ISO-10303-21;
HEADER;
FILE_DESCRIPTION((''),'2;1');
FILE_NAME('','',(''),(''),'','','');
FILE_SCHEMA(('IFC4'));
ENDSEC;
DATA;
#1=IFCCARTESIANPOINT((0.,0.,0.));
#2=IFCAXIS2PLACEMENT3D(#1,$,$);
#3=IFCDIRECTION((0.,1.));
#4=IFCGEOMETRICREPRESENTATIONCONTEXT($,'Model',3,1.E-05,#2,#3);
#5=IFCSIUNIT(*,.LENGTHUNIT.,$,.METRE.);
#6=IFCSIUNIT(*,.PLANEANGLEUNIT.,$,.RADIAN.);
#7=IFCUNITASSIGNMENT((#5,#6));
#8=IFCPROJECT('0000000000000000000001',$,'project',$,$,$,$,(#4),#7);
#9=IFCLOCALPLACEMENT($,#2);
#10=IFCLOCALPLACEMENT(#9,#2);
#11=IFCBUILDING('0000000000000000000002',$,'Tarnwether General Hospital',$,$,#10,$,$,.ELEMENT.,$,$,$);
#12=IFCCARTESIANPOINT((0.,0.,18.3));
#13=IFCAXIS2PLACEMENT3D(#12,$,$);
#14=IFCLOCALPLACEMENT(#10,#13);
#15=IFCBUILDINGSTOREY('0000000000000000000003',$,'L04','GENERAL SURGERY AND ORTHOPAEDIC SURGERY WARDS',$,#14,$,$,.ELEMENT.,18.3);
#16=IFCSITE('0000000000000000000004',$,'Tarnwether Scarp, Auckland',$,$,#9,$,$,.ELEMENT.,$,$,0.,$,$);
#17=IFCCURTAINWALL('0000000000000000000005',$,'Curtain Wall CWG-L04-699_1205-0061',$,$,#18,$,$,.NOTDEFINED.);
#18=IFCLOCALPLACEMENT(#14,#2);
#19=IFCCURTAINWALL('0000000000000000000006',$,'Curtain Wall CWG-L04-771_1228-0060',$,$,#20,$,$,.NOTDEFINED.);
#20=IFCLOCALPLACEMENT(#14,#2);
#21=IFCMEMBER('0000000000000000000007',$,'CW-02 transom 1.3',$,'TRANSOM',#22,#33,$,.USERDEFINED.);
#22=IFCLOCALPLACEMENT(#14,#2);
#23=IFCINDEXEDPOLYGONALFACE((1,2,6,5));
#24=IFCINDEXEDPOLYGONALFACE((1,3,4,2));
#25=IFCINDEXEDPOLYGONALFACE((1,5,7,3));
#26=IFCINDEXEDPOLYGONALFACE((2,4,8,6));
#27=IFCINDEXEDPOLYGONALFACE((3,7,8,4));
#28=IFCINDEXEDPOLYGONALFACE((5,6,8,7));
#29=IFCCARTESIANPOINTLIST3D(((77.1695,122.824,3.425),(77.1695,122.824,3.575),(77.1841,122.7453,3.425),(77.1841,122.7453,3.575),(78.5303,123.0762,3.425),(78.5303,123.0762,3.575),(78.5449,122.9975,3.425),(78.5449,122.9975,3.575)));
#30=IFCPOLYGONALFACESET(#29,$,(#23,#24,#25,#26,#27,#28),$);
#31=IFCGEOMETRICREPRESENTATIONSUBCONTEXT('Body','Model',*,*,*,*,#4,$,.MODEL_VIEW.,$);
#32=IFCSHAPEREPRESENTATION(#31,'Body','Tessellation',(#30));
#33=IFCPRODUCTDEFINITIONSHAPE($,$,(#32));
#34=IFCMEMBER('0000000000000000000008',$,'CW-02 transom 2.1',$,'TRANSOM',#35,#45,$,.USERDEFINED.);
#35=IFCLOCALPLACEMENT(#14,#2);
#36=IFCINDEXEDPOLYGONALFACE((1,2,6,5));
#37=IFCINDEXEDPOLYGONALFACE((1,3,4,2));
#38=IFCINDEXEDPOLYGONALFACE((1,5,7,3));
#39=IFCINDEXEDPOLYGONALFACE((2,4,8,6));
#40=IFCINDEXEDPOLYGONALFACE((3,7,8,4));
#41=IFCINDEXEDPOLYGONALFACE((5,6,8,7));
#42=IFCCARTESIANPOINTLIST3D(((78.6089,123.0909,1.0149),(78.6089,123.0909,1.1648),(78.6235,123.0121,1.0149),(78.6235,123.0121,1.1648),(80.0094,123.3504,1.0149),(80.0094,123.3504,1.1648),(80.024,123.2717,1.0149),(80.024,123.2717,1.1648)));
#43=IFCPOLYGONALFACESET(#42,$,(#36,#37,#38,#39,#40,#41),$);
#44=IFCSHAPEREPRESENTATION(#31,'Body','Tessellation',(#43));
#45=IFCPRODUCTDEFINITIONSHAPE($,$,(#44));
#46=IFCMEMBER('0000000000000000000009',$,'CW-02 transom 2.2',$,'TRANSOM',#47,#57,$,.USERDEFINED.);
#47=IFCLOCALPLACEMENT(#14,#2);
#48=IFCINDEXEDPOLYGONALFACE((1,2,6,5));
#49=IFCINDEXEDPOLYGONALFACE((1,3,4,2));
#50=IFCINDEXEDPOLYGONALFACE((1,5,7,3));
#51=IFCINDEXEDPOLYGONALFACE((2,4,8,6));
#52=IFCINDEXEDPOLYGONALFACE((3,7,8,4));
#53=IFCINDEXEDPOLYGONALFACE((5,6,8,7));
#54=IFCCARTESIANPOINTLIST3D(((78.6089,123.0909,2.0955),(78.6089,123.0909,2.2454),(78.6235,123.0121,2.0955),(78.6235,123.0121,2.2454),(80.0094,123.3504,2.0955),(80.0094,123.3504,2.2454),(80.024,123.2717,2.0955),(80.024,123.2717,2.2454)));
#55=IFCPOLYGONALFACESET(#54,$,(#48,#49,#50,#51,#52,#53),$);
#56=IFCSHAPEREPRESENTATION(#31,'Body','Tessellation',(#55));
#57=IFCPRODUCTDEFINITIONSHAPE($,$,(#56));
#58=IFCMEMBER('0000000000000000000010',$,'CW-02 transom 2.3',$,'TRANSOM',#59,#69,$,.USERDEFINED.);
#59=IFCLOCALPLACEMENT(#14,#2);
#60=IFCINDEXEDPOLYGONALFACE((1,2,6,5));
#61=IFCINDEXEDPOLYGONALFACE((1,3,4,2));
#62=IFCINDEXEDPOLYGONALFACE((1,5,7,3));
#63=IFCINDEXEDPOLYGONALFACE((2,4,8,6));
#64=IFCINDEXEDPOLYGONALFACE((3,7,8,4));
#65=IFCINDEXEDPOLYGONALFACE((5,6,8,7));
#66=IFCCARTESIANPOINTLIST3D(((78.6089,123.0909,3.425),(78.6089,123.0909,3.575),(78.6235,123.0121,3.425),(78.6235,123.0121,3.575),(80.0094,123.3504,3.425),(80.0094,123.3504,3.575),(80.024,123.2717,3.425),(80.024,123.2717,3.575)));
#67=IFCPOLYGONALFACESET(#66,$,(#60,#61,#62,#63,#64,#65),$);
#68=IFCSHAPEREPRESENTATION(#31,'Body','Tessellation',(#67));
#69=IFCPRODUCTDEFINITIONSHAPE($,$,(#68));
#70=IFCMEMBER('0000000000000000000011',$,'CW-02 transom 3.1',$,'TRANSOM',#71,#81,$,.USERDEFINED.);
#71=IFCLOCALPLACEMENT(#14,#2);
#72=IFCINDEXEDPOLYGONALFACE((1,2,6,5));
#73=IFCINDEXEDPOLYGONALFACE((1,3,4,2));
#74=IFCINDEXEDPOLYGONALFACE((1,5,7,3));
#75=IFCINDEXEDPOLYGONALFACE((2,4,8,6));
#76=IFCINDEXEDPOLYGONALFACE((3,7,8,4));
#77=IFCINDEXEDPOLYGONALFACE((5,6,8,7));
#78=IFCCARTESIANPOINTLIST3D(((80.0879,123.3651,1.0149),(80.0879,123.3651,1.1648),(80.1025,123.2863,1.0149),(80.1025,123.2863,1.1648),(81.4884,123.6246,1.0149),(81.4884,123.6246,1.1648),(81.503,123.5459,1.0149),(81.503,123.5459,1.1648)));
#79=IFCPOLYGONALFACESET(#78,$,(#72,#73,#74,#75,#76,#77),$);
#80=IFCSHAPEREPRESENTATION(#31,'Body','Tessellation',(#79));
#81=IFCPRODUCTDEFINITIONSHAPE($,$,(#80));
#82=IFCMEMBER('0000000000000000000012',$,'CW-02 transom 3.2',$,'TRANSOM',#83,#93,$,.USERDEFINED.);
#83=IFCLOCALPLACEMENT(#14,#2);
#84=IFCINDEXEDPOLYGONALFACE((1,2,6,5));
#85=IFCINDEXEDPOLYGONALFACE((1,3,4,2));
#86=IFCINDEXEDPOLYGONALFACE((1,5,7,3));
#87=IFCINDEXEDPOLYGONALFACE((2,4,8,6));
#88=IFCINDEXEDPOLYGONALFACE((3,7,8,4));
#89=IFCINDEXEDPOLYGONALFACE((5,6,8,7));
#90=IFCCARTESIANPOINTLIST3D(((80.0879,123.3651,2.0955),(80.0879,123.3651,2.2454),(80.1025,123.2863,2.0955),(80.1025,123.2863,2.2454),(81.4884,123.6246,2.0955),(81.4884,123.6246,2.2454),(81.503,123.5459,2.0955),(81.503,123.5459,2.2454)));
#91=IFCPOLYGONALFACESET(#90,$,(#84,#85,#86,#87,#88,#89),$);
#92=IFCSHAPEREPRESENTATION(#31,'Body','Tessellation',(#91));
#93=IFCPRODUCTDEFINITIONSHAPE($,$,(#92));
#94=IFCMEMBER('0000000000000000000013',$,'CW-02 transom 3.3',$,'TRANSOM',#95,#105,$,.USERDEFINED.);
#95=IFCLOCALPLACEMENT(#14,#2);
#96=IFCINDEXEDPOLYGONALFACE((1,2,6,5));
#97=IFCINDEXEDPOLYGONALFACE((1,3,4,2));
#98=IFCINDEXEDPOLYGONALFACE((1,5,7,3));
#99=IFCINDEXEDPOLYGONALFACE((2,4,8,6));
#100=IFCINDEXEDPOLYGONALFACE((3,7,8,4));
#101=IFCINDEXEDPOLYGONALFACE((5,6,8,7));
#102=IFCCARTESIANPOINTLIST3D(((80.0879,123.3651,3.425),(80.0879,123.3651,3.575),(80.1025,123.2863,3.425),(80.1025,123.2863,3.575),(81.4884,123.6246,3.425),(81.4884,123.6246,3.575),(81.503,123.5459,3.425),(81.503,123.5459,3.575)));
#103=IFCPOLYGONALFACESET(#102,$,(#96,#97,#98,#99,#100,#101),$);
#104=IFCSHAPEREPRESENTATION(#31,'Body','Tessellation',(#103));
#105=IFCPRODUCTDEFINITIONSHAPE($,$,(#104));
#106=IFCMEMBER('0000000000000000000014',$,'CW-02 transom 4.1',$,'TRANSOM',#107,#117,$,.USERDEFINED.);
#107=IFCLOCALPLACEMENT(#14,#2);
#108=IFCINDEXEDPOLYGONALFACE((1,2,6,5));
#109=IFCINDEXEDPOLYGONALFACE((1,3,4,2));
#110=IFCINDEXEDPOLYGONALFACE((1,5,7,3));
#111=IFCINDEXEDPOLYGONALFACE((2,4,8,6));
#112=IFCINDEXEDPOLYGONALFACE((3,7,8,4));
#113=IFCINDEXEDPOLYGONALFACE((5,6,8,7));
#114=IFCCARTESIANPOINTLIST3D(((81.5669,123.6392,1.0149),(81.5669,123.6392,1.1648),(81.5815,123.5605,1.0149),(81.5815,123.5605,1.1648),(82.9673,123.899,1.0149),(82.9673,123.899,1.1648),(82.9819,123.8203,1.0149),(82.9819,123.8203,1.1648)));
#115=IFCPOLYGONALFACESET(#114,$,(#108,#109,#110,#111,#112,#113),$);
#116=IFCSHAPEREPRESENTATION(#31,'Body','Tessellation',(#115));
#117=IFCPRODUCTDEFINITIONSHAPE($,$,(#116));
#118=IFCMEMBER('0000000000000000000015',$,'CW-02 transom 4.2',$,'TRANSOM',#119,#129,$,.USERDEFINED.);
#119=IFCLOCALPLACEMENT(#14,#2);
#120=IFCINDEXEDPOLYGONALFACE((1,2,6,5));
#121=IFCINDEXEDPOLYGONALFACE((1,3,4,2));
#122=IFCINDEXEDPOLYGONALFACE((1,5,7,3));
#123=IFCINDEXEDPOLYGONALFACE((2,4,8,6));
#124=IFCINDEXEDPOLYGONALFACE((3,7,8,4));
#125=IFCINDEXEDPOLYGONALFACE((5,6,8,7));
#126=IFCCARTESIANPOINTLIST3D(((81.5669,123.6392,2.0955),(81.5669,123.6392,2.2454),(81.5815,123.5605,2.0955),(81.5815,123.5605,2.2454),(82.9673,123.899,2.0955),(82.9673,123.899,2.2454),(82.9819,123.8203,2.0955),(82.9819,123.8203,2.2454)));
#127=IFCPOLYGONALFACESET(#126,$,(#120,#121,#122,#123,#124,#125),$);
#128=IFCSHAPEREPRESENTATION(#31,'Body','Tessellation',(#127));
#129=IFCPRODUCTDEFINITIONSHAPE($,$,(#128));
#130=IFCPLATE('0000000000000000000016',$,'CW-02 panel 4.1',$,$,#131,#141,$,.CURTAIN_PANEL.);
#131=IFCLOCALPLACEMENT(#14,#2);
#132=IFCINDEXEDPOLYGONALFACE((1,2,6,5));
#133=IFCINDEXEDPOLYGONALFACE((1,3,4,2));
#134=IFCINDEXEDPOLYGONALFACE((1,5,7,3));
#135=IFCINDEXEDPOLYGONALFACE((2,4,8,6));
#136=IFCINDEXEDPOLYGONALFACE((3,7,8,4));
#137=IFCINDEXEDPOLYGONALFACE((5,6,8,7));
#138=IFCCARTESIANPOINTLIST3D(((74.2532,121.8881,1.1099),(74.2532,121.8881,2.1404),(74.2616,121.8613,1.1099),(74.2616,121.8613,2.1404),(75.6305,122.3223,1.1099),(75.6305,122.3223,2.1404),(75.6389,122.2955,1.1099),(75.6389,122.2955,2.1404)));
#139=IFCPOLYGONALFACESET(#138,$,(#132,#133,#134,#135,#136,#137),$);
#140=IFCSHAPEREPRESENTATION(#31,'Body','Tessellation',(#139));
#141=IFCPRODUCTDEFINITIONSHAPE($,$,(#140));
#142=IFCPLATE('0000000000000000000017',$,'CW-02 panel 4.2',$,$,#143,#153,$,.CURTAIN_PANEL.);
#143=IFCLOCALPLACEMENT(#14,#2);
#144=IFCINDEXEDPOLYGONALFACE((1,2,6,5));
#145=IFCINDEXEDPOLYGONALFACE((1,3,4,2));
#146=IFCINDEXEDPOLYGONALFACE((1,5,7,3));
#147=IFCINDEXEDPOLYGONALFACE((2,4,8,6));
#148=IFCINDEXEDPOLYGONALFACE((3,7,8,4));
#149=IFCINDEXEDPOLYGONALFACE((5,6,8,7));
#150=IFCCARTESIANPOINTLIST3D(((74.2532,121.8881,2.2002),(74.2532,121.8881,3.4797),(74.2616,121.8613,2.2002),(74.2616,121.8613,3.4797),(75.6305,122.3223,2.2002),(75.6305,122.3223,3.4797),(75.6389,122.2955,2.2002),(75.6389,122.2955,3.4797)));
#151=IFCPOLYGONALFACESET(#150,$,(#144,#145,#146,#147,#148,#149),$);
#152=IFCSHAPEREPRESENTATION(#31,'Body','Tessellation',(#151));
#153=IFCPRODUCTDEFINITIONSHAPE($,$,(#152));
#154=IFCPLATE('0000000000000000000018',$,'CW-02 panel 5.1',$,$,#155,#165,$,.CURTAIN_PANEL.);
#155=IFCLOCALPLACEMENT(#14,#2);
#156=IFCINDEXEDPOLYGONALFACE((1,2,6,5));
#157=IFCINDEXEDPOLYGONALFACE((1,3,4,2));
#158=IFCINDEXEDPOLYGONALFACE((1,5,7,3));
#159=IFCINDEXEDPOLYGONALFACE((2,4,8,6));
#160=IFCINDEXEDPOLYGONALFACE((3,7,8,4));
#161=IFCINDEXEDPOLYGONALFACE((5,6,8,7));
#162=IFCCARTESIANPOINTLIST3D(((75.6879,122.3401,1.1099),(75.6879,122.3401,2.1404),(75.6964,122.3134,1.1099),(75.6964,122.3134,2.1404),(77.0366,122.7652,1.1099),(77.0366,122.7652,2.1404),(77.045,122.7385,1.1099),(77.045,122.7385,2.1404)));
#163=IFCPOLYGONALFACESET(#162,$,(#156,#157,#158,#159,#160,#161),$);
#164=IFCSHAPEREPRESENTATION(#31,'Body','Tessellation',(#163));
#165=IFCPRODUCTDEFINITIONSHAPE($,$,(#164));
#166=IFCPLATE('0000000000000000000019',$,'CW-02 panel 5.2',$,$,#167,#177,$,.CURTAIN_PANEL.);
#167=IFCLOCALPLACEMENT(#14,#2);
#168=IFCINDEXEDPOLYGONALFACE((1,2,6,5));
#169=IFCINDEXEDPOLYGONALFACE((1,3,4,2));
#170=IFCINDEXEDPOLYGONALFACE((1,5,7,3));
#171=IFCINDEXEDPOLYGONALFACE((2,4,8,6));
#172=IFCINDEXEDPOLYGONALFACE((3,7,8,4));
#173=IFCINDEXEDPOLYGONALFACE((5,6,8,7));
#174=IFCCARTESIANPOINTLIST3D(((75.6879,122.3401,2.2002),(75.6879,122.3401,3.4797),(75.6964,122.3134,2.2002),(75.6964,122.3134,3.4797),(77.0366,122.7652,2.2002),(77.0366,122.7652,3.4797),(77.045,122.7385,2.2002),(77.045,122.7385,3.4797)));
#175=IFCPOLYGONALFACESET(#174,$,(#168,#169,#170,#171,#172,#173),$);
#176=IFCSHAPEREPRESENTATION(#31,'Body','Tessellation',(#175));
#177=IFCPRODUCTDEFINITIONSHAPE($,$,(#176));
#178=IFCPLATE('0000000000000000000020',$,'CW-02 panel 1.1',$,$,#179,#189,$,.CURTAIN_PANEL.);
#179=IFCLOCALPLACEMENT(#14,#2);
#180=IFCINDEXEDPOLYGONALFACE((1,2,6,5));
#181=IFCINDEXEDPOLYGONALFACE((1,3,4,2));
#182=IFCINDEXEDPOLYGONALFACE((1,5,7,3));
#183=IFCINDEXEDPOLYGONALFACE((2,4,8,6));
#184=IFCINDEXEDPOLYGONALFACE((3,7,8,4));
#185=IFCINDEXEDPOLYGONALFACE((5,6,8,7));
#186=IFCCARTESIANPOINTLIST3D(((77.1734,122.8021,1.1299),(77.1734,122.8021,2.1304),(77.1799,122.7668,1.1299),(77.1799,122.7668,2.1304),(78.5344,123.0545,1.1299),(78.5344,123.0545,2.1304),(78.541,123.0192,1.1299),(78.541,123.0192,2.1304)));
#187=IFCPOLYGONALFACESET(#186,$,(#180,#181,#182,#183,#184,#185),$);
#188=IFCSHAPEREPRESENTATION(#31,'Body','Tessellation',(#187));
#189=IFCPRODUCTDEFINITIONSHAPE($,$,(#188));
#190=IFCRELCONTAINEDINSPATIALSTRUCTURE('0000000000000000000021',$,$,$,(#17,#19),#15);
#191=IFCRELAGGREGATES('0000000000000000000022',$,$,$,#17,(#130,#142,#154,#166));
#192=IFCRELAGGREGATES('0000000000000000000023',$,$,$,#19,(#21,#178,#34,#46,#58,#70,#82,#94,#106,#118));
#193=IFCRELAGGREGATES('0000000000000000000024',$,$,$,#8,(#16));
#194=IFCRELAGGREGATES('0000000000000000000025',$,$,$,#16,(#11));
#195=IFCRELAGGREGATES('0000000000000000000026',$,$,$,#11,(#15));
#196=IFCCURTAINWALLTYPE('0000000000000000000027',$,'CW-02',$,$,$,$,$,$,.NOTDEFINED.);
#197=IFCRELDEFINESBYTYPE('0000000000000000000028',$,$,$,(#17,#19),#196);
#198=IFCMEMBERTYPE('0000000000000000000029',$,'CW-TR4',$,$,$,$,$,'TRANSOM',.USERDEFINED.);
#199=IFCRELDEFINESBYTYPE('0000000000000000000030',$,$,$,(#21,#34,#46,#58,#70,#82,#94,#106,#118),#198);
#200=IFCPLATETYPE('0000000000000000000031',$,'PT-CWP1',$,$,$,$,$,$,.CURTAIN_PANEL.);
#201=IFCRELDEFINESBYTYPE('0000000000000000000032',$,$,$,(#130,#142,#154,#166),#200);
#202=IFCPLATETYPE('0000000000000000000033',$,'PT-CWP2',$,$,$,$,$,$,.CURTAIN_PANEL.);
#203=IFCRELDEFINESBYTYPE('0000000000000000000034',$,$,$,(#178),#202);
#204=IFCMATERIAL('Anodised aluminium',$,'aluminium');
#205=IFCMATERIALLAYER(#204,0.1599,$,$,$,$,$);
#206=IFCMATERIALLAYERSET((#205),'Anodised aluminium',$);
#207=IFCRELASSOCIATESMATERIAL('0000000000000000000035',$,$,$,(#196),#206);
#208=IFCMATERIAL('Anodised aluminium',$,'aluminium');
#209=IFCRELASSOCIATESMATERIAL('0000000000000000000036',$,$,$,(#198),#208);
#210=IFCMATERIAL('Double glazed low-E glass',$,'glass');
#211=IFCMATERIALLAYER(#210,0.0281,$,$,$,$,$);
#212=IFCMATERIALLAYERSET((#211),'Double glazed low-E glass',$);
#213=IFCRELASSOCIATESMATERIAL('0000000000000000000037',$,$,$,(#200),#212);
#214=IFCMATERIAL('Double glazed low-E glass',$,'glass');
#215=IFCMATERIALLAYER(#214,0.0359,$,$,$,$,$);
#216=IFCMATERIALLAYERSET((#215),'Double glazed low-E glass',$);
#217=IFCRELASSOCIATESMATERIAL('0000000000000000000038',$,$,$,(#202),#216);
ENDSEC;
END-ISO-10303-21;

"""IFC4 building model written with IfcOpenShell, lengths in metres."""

from ifc_helpers import new_model, si_unit, direction, frame, origin, origin_2d, place, context, subcontext, project, spatial, rectangle, extrude, material, layer, layer_set, material_profile, profile_set, type_object, element, aggregate, save


model = new_model("IFC4")

# Units and contexts
model_context = context("Model", 3, precision=1e-05, world=origin(), true_north=direction((0.0, 1.0)))
body_context = subcontext(model_context, "Body", "Model", "MODEL_VIEW")
ifc_project = project(units=[si_unit("LENGTHUNIT", "METRE"), si_unit("PLANEANGLEUNIT", "RADIAN")], contexts=[model_context])

# Site, building, storey
site_placement = place(None, origin())
site = spatial("IfcSite", under=ifc_project, at=site_placement, Name="Tarnwether Scarp, Auckland", CompositionType="ELEMENT", RefElevation=0.0)
building_placement = place(site_placement, origin())
building = spatial("IfcBuilding", under=site, at=building_placement, Name="Tarnwether General Hospital", CompositionType="ELEMENT")
storey_placement = place(building_placement, frame((0.0, 0.0, 18.3)))
storey = spatial("IfcBuildingStorey", under=building, at=storey_placement, Name="L04", Description="GENERAL SURGERY AND ORTHOPAEDIC SURGERY WARDS", CompositionType="ELEMENT", Elevation=18.3)

# Curtain walls
ifc_material_1 = material(Name="Anodised aluminium", Category="aluminium")
ifc_layer_1 = layer(ifc_material_1, 0.1599)
ifc_layer_set_1 = layer_set([ifc_layer_1], Name="Anodised aluminium")
curtain_wall_type = type_object("IfcCurtainWallType", Name="CW-02", PredefinedType="NOTDEFINED", material=ifc_layer_set_1)
curtain_wall_1_placement = place(storey_placement, origin())
curtain_wall_1 = element("IfcCurtainWall", 1, at=curtain_wall_1_placement, inside=storey, type_object=curtain_wall_type, Name="Curtain Wall CWG-L04-699_1205-0061", PredefinedType="NOTDEFINED")
curtain_wall_2_placement = place(storey_placement, origin())
curtain_wall_2 = element("IfcCurtainWall", 2, at=curtain_wall_2_placement, inside=storey, type_object=curtain_wall_type, Name="Curtain Wall CWG-L04-771_1228-0060", PredefinedType="NOTDEFINED")

# Members
ifc_material_2 = material(Name="Anodised aluminium", Category="aluminium")
ifc_material_profile_1 = material_profile(ifc_material_2, rectangle(XDim=0.0801, YDim=0.1499, at=origin_2d()), Name="ALU-TRN-80x150")
ifc_profile_set_1 = profile_set([ifc_material_profile_1], Name="Anodised aluminium")
member_type_1 = type_object("IfcMemberType", Name="CW-TR4", ElementType="TRANSOM", PredefinedType="USERDEFINED", material=ifc_profile_set_1)
member_1_placement = place(storey_placement, frame((77.1768, 122.7847, 3.5), z_axis=(0.983257, 0.182222, 0.0), x_axis=(-0.182222, 0.983257, 0.0)))
member_1 = element("IfcMember", 3, at=member_1_placement, type_object=member_type_1, Name="CW-02 transom 1.3", ObjectType="TRANSOM", PredefinedType="USERDEFINED", context=body_context, shape_type="SweptSolid", body=[
    extrude(rectangle(XDim=0.0801, YDim=0.1499, at=origin_2d()), origin(), (0.0, 0.0, 1.0), 1.384),
])
member_2_placement = place(storey_placement, frame((78.6162, 123.0515, 1.0898), z_axis=(0.983258, 0.182218, 0.0), x_axis=(-0.182218, 0.983258, 0.0)))
member_2 = element("IfcMember", 4, at=member_2_placement, type_object=member_type_1, Name="CW-02 transom 2.1", ObjectType="TRANSOM", PredefinedType="USERDEFINED", context=body_context, shape_type="SweptSolid", body=[
    extrude(rectangle(XDim=0.0801, YDim=0.1499, at=origin_2d()), origin(), (0.0, 0.0, 1.0), 1.4243),
])
member_3_placement = place(storey_placement, frame((78.6162, 123.0515, 2.1704), z_axis=(0.983258, 0.182218, 0.0), x_axis=(-0.182218, 0.983258, 0.0)))
member_3 = element("IfcMember", 5, at=member_3_placement, type_object=member_type_1, Name="CW-02 transom 2.2", ObjectType="TRANSOM", PredefinedType="USERDEFINED", context=body_context, shape_type="SweptSolid", body=[
    extrude(rectangle(XDim=0.0801, YDim=0.1499, at=origin_2d()), origin(), (0.0, 0.0, 1.0), 1.4243),
])
member_4_placement = place(storey_placement, frame((78.6162, 123.0515, 3.5), z_axis=(0.983258, 0.182218, 0.0), x_axis=(-0.182218, 0.983258, 0.0)))
member_4 = element("IfcMember", 6, at=member_4_placement, type_object=member_type_1, Name="CW-02 transom 2.3", ObjectType="TRANSOM", PredefinedType="USERDEFINED", context=body_context, shape_type="SweptSolid", body=[
    extrude(rectangle(XDim=0.0801, YDim=0.1499, at=origin_2d()), origin(), (0.0, 0.0, 1.0), 1.4243),
])
member_5_placement = place(storey_placement, frame((80.0952, 123.3257, 1.0898), z_axis=(0.983258, 0.182218, 0.0), x_axis=(-0.182218, 0.983258, 0.0)))
member_5 = element("IfcMember", 7, at=member_5_placement, type_object=member_type_1, Name="CW-02 transom 3.1", ObjectType="TRANSOM", PredefinedType="USERDEFINED", context=body_context, shape_type="SweptSolid", body=[
    extrude(rectangle(XDim=0.0801, YDim=0.1499, at=origin_2d()), origin(), (0.0, 0.0, 1.0), 1.4243),
])
member_6_placement = place(storey_placement, frame((80.0952, 123.3257, 2.1704), z_axis=(0.983258, 0.182218, 0.0), x_axis=(-0.182218, 0.983258, 0.0)))
member_6 = element("IfcMember", 8, at=member_6_placement, type_object=member_type_1, Name="CW-02 transom 3.2", ObjectType="TRANSOM", PredefinedType="USERDEFINED", context=body_context, shape_type="SweptSolid", body=[
    extrude(rectangle(XDim=0.0801, YDim=0.1499, at=origin_2d()), origin(), (0.0, 0.0, 1.0), 1.4243),
])
member_7_placement = place(storey_placement, frame((80.0952, 123.3257, 3.5), z_axis=(0.983258, 0.182218, 0.0), x_axis=(-0.182218, 0.983258, 0.0)))
member_7 = element("IfcMember", 9, at=member_7_placement, type_object=member_type_1, Name="CW-02 transom 3.3", ObjectType="TRANSOM", PredefinedType="USERDEFINED", context=body_context, shape_type="SweptSolid", body=[
    extrude(rectangle(XDim=0.0801, YDim=0.1499, at=origin_2d()), origin(), (0.0, 0.0, 1.0), 1.4243),
])
member_8_placement = place(storey_placement, frame((81.5742, 123.5999, 1.0898), z_axis=(0.983227, 0.182384, 0.0), x_axis=(-0.182384, 0.983227, 0.0)))
member_8 = element("IfcMember", 10, at=member_8_placement, type_object=member_type_1, Name="CW-02 transom 4.1", ObjectType="TRANSOM", PredefinedType="USERDEFINED", context=body_context, shape_type="SweptSolid", body=[
    extrude(rectangle(XDim=0.0801, YDim=0.1499, at=origin_2d()), origin(), (0.0, 0.0, 1.0), 1.4243),
])
member_9_placement = place(storey_placement, frame((81.5742, 123.5999, 2.1704), z_axis=(0.983227, 0.182384, 0.0), x_axis=(-0.182384, 0.983227, 0.0)))
member_9 = element("IfcMember", 11, at=member_9_placement, type_object=member_type_1, Name="CW-02 transom 4.2", ObjectType="TRANSOM", PredefinedType="USERDEFINED", context=body_context, shape_type="SweptSolid", body=[
    extrude(rectangle(XDim=0.0801, YDim=0.1499, at=origin_2d()), origin(), (0.0, 0.0, 1.0), 1.4243),
])

# Plates
ifc_material_3 = material(Name="Double glazed low-E glass", Category="glass")
ifc_layer_2 = layer(ifc_material_3, 0.0281)
ifc_layer_set_2 = layer_set([ifc_layer_2], Name="Double glazed low-E glass")
plate_type_1 = type_object("IfcPlateType", Name="PT-CWP1", PredefinedType="CURTAIN_PANEL", material=ifc_layer_set_2)
plate_1_placement = place(storey_placement, frame((74.946, 122.0918, 1.1099), z_axis=(0.0, 0.0, 1.0), x_axis=(0.953741, 0.300629, 0.0)))
plate_1 = element("IfcPlate", 12, at=plate_1_placement, type_object=plate_type_1, Name="CW-02 panel 4.1", PredefinedType="CURTAIN_PANEL", context=body_context, shape_type="SweptSolid", body=[
    extrude(rectangle(XDim=1.4441, YDim=0.0281, at=origin_2d()), origin(), (0.0, 0.0, 1.0), 1.0305),
])
plate_2_placement = place(storey_placement, frame((74.946, 122.0918, 2.2002), z_axis=(0.0, 0.0, 1.0), x_axis=(0.953741, 0.300629, 0.0)))
plate_2 = element("IfcPlate", 13, at=plate_2_placement, type_object=plate_type_1, Name="CW-02 panel 4.2", PredefinedType="CURTAIN_PANEL", context=body_context, shape_type="SweptSolid", body=[
    extrude(rectangle(XDim=1.4441, YDim=0.0281, at=origin_2d()), origin(), (0.0, 0.0, 1.0), 1.2795),
])
plate_3_placement = place(storey_placement, frame((76.3665, 122.5393, 1.1099), z_axis=(0.0, 0.0, 1.0), x_axis=(0.953741, 0.300629, 0.0)))
plate_3 = element("IfcPlate", 14, at=plate_3_placement, type_object=plate_type_1, Name="CW-02 panel 5.1", PredefinedType="CURTAIN_PANEL", context=body_context, shape_type="SweptSolid", body=[
    extrude(rectangle(XDim=1.4141, YDim=0.0281, at=origin_2d()), origin(), (0.0, 0.0, 1.0), 1.0305),
])
plate_4_placement = place(storey_placement, frame((76.3665, 122.5393, 2.2002), z_axis=(0.0, 0.0, 1.0), x_axis=(0.953741, 0.300629, 0.0)))
plate_4 = element("IfcPlate", 15, at=plate_4_placement, type_object=plate_type_1, Name="CW-02 panel 5.2", PredefinedType="CURTAIN_PANEL", context=body_context, shape_type="SweptSolid", body=[
    extrude(rectangle(XDim=1.4141, YDim=0.0281, at=origin_2d()), origin(), (0.0, 0.0, 1.0), 1.2795),
])
aggregate(curtain_wall_1, [plate_1, plate_2, plate_3, plate_4])
ifc_material_4 = material(Name="Double glazed low-E glass", Category="glass")
ifc_layer_3 = layer(ifc_material_4, 0.0359)
ifc_layer_set_3 = layer_set([ifc_layer_3], Name="Double glazed low-E glass")
plate_type_2 = type_object("IfcPlateType", Name="PT-CWP2", PredefinedType="CURTAIN_PANEL", material=ifc_layer_set_3)
plate_5_placement = place(storey_placement, frame((77.8572, 122.9106, 1.1299), z_axis=(0.0, 0.0, 1.0), x_axis=(0.983245, 0.182289, 0.0)))
plate_5 = element("IfcPlate", 16, at=plate_5_placement, type_object=plate_type_2, Name="CW-02 panel 1.1", PredefinedType="CURTAIN_PANEL", context=body_context, shape_type="SweptSolid", body=[
    extrude(rectangle(XDim=1.3843, YDim=0.0359, at=origin_2d()), origin(), (0.0, 0.0, 1.0), 1.0005),
])
aggregate(curtain_wall_2, [member_1, plate_5, member_2, member_3, member_4, member_5, member_6, member_7, member_8, member_9])

save(model, "model.ifc")
